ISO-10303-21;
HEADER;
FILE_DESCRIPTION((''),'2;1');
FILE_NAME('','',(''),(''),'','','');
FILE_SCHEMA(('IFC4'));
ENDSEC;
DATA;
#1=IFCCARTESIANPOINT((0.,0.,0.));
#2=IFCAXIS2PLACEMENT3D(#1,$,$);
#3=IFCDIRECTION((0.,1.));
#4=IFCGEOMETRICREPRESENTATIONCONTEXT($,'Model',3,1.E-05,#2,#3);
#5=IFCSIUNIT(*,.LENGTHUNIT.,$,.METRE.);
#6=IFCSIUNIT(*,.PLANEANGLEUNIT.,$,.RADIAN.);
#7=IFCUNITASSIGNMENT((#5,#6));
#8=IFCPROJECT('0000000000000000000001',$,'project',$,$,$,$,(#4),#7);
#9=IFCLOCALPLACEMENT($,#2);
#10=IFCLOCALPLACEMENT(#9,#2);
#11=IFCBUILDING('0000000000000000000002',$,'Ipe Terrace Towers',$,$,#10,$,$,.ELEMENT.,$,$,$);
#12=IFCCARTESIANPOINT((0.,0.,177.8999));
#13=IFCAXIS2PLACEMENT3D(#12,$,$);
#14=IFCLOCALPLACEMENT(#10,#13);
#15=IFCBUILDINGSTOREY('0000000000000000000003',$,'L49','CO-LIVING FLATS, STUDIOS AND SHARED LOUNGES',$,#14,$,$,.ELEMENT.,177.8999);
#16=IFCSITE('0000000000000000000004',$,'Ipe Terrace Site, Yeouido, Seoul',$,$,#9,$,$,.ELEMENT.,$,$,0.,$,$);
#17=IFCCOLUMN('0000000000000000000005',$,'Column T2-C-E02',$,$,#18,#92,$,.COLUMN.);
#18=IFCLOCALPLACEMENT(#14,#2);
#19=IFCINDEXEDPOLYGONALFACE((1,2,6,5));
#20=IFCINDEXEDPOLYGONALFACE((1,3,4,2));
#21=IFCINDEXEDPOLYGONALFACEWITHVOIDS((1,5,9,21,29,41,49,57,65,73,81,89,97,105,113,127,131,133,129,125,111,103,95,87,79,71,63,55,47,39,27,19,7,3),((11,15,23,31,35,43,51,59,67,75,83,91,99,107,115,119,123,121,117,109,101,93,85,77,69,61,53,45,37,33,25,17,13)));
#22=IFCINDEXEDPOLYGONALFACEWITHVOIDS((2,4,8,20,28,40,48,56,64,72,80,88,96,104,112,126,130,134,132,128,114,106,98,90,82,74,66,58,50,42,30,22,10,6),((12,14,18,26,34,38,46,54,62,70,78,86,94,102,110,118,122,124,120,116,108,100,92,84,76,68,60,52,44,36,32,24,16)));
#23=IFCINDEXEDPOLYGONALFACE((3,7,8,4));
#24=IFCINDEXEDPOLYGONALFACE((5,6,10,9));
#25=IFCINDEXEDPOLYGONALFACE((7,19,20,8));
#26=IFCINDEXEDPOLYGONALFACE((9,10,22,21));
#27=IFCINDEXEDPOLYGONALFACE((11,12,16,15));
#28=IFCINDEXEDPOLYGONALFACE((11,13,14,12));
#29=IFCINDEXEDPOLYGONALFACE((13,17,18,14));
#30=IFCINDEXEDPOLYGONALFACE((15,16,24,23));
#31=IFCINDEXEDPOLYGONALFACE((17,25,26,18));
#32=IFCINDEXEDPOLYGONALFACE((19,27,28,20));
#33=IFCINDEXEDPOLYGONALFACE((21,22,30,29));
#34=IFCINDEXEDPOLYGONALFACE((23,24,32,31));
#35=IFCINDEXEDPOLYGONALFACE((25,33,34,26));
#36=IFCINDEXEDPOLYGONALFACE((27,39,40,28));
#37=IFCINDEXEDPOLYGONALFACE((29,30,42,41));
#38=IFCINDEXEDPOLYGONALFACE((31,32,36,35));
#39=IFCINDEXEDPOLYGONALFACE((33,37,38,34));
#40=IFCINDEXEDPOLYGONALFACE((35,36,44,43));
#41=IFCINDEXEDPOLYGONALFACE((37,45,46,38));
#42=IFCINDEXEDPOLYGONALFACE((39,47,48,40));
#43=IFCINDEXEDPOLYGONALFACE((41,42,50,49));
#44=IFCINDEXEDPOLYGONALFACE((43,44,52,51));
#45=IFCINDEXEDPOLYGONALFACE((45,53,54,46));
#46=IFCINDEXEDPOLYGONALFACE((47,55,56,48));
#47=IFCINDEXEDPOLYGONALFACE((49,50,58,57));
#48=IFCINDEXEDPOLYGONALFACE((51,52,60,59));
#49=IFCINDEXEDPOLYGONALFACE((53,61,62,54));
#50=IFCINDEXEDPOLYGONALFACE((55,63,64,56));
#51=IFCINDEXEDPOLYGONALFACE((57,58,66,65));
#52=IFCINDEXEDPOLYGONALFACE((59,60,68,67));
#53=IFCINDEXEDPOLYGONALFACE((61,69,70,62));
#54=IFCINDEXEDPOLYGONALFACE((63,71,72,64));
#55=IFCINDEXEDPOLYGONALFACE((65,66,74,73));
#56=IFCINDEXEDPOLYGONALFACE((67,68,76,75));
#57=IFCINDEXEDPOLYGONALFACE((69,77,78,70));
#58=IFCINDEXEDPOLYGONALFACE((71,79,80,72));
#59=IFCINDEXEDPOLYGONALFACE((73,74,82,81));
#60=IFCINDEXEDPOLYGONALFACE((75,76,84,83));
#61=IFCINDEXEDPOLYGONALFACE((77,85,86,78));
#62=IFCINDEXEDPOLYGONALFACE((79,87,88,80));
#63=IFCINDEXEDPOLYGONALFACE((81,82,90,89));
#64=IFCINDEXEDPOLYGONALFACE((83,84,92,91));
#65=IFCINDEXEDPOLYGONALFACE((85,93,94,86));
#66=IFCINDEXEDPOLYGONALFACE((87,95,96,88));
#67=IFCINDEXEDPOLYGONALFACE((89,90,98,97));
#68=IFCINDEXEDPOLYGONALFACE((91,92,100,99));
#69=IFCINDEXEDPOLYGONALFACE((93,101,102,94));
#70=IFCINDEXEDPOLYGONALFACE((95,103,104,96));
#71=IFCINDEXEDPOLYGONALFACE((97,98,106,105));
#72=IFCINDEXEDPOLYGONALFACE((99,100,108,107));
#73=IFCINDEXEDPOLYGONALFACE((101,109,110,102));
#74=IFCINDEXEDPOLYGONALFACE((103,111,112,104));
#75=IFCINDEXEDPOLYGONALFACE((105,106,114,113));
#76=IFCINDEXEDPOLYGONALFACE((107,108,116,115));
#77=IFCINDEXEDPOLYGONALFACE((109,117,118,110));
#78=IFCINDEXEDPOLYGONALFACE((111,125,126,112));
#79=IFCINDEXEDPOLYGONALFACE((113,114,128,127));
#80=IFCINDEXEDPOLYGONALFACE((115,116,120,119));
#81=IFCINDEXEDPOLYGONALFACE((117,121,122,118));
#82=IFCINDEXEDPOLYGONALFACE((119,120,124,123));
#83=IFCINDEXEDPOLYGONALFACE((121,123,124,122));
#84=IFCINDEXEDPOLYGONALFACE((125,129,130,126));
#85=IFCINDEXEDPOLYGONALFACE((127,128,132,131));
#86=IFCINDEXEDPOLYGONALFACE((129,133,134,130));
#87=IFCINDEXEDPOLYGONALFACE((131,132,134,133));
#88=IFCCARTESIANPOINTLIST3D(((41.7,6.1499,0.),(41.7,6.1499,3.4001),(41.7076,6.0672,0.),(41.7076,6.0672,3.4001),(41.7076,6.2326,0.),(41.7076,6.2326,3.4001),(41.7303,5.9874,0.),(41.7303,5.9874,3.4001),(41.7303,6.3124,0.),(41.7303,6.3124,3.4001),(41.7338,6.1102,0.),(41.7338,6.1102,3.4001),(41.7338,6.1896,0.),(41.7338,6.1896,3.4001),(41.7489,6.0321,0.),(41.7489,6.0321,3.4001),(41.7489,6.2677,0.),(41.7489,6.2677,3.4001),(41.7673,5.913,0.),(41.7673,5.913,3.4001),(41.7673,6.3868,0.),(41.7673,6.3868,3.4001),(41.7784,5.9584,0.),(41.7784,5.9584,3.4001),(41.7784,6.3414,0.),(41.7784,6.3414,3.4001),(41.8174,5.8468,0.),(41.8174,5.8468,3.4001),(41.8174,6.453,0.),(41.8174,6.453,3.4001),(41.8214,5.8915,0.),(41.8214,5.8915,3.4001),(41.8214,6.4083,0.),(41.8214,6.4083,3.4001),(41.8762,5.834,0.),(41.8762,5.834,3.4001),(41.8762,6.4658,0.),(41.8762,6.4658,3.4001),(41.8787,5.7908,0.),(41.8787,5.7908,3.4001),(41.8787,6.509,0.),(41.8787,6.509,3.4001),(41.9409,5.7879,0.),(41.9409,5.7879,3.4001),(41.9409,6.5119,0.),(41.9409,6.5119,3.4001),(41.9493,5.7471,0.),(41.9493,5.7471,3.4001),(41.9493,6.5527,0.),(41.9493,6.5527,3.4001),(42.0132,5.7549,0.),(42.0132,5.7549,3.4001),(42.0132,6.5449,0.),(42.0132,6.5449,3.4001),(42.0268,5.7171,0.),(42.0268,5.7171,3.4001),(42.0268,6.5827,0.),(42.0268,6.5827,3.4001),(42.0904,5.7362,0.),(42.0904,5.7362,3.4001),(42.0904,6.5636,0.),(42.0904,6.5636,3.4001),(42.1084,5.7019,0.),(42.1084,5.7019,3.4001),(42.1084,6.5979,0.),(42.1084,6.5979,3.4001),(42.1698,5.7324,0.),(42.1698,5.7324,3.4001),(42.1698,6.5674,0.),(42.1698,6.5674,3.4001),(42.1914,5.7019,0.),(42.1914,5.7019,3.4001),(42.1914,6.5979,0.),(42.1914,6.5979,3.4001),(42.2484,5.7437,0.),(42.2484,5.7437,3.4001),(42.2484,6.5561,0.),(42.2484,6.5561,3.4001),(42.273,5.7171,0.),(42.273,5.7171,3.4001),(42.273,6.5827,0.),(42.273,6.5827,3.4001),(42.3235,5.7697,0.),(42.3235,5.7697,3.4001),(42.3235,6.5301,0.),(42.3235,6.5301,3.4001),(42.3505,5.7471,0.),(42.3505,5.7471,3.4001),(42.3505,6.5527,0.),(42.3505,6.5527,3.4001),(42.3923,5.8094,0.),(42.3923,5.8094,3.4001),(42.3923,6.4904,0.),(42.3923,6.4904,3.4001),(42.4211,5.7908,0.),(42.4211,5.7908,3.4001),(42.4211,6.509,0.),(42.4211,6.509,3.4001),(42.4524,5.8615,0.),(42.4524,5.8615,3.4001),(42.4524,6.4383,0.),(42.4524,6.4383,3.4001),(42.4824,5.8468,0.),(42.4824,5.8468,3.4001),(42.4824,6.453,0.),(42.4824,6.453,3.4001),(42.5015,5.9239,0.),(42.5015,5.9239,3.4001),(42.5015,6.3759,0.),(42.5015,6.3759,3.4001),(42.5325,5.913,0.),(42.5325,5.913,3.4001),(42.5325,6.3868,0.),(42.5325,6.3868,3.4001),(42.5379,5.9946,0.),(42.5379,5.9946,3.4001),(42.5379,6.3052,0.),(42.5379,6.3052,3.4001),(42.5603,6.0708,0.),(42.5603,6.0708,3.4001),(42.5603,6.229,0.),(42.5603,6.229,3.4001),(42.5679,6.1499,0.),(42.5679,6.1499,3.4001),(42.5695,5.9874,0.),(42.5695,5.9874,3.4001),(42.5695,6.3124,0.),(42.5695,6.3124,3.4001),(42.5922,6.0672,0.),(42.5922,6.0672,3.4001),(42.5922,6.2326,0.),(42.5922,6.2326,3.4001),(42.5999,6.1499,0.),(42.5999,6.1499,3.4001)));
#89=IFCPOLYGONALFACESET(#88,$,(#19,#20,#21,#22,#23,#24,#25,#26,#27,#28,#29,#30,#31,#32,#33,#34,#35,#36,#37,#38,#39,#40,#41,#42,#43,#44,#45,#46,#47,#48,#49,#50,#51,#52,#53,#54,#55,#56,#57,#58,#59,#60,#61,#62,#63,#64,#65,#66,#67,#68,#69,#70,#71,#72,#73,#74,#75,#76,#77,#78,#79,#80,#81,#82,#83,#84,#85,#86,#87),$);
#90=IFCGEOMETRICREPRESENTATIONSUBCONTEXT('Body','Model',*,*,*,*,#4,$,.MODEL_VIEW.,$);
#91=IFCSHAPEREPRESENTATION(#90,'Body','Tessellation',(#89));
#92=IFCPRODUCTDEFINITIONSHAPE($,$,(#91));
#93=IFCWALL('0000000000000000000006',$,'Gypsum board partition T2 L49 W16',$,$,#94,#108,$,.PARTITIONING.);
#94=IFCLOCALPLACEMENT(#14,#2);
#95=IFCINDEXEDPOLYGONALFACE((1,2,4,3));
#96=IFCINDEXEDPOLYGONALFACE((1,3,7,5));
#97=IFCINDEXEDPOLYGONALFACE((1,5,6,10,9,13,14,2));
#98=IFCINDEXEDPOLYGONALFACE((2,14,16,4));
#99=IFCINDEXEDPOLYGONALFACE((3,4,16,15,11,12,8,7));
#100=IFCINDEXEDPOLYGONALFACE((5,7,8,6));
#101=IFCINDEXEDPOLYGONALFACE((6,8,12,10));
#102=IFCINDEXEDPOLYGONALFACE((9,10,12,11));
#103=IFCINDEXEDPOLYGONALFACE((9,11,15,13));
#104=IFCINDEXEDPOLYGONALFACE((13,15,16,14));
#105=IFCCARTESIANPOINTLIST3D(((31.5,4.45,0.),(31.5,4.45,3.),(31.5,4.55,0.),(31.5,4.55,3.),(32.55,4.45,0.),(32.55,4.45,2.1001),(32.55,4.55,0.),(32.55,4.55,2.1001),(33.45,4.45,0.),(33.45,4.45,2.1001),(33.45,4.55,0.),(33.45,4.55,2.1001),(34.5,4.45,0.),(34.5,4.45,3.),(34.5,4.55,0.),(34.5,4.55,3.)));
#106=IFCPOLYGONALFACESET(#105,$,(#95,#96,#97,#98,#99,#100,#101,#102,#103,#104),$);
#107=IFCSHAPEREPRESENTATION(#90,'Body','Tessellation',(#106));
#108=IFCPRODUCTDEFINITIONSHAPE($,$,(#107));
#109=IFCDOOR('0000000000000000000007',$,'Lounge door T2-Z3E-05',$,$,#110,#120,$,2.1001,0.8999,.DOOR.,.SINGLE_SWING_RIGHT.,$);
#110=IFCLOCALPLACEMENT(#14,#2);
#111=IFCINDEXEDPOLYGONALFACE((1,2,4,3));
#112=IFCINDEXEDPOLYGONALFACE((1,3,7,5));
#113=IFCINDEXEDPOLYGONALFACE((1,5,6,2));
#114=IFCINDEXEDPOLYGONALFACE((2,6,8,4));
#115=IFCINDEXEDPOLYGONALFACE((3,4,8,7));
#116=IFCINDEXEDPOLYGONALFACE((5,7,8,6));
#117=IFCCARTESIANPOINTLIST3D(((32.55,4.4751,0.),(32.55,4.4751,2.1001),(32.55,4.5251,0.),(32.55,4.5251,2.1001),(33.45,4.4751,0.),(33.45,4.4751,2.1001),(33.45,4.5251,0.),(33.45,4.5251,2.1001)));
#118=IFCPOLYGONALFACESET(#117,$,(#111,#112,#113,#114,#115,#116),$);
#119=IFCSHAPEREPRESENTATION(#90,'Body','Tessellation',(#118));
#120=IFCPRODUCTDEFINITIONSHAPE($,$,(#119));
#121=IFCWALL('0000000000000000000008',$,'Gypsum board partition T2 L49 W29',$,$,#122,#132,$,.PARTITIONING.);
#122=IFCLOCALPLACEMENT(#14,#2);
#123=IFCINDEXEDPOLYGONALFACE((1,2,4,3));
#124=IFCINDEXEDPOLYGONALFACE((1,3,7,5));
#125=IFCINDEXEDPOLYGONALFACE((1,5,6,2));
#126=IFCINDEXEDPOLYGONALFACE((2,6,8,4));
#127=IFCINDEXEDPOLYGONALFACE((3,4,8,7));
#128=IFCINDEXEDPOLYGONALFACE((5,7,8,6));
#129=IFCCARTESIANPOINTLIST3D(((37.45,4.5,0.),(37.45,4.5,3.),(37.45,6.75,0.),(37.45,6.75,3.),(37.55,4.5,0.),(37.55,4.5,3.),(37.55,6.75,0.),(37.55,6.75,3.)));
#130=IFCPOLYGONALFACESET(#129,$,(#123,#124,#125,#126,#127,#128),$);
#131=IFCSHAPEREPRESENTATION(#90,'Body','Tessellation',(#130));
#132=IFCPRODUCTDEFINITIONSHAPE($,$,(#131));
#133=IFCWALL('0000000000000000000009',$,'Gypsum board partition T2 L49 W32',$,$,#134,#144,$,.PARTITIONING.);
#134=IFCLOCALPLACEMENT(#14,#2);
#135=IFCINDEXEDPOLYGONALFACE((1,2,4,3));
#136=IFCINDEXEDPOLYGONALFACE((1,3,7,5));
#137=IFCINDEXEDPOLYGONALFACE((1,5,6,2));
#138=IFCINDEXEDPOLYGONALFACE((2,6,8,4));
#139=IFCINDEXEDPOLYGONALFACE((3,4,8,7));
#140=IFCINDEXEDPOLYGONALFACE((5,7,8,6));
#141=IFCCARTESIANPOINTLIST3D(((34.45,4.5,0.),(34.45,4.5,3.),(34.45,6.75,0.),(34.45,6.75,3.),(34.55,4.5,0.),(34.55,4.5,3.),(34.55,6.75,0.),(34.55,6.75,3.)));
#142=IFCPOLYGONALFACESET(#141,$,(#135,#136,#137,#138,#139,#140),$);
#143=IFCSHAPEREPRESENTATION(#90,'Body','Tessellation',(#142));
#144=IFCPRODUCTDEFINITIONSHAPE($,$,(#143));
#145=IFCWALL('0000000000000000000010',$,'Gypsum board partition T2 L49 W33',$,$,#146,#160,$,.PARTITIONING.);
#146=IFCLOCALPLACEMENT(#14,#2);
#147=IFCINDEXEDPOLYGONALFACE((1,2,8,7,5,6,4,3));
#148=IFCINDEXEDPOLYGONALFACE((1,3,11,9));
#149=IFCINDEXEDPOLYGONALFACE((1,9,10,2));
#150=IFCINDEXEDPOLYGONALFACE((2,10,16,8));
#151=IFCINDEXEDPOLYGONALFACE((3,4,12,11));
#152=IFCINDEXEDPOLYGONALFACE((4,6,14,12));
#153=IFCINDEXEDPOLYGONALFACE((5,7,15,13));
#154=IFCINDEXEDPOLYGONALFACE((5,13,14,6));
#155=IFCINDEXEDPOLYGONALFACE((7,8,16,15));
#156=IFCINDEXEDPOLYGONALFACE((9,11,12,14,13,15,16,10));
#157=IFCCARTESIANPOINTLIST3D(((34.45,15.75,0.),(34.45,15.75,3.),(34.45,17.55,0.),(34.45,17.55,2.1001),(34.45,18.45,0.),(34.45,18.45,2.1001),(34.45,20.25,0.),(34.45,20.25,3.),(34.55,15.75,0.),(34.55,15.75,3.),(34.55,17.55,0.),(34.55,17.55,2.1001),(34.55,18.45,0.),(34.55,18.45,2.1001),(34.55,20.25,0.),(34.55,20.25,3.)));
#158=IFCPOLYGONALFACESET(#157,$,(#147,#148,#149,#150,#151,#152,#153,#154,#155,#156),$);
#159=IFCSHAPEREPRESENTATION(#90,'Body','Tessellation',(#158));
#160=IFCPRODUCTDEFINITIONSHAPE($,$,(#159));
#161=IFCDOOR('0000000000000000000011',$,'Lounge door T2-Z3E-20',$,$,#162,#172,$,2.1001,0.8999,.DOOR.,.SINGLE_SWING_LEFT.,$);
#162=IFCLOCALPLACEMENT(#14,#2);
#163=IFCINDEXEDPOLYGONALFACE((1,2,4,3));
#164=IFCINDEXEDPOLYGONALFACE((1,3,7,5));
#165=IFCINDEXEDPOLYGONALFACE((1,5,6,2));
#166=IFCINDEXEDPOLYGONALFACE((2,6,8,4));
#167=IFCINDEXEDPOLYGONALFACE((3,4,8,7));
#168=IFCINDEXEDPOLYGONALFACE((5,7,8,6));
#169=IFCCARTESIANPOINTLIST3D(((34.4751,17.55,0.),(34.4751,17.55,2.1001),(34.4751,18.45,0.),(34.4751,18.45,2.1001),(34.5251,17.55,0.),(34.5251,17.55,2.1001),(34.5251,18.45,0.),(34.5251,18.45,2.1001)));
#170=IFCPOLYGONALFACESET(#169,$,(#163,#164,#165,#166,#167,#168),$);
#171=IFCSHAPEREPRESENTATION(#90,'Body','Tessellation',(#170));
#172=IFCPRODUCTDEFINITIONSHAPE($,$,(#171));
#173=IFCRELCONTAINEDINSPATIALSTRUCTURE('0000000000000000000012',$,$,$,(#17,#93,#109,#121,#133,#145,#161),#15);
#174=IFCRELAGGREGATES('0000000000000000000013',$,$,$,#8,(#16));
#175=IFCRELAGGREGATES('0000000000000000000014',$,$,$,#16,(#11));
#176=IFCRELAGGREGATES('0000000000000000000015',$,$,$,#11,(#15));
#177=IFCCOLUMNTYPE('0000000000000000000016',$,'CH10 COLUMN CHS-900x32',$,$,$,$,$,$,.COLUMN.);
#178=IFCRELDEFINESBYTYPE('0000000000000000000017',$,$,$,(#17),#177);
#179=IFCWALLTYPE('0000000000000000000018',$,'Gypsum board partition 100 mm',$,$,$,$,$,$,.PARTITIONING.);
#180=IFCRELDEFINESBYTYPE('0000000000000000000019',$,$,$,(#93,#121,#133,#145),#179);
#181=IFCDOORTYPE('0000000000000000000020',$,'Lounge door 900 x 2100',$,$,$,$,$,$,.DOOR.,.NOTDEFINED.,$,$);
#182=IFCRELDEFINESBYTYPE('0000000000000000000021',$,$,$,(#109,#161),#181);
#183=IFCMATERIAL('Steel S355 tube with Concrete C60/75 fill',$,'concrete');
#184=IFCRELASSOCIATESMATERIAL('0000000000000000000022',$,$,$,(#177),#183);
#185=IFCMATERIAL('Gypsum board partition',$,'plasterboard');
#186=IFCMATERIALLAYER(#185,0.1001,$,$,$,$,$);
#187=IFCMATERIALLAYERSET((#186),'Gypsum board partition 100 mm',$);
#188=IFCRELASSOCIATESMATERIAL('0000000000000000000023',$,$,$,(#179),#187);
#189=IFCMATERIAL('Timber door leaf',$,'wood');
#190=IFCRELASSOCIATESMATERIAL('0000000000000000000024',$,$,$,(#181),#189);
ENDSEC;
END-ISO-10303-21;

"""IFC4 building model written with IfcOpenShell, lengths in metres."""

from ifc_helpers import new_model, si_unit, direction, frame, frame_2d, origin, origin_2d, place, context, subcontext, project, spatial, rectangle, hollow_circle, extrude, material, layer, layer_set, material_profile, profile_set, type_object, element, fill, save


model = new_model("IFC4")

# Units and contexts
model_context = context("Model", 3, precision=1e-05, world=origin(), true_north=direction((0.0, 1.0)))
body_context = subcontext(model_context, "Body", "Model", "MODEL_VIEW")
ifc_project = project(units=[si_unit("LENGTHUNIT", "METRE"), si_unit("PLANEANGLEUNIT", "RADIAN")], contexts=[model_context])

# Site, building, storey
site_placement = place(None, origin())
site = spatial("IfcSite", under=ifc_project, at=site_placement, Name="Ipe Terrace Site, Yeouido, Seoul", CompositionType="ELEMENT", RefElevation=0.0)
building_placement = place(site_placement, origin())
building = spatial("IfcBuilding", under=site, at=building_placement, Name="Ipe Terrace Towers", CompositionType="ELEMENT")
storey_placement = place(building_placement, frame((0.0, 0.0, 177.8999)))
storey = spatial("IfcBuildingStorey", under=building, at=storey_placement, Name="L49", Description="CO-LIVING FLATS, STUDIOS AND SHARED LOUNGES", CompositionType="ELEMENT", Elevation=177.8999)

# Column
ifc_material_1 = material(Name="Steel S355 tube with Concrete C60/75 fill", Category="concrete")
ifc_material_profile = material_profile(ifc_material_1, hollow_circle(Radius=0.45, WallThickness=0.032, at=origin_2d()), Name="CHS-900x32")
ifc_profile_set = profile_set([ifc_material_profile], Name="Steel S355 tube with Concrete C60/75 fill")
column_type = type_object("IfcColumnType", Name="CH10 COLUMN CHS-900x32", PredefinedType="COLUMN", material=ifc_profile_set)
column_placement = place(storey_placement, frame((42.1499, 6.1499, 0.0), z_axis=(0.0, 0.0, 1.0), x_axis=(1.0, 0.0, 0.0)))
element("IfcColumn", 1, at=column_placement, inside=storey, type_object=column_type, Name="Column T2-C-E02", PredefinedType="COLUMN", context=body_context, shape_type="SweptSolid", body=[
    extrude(hollow_circle(Radius=0.45, WallThickness=0.032, at=origin_2d()), origin(), (0.0, 0.0, 1.0), 3.4001),
])

# Wall, opening, door
ifc_material_2 = material(Name="Gypsum board partition", Category="plasterboard")
ifc_layer_1 = layer(ifc_material_2, 0.1001)
ifc_layer_set_1 = layer_set([ifc_layer_1], Name="Gypsum board partition 100 mm")
wall_type_1 = type_object("IfcWallType", Name="Gypsum board partition 100 mm", PredefinedType="PARTITIONING", material=ifc_layer_set_1)
wall_1_placement = place(storey_placement, frame((34.5, 4.5, 0.0), z_axis=(0.0, 0.0, 1.0), x_axis=(-1.0, 0.0, 0.0)))
wall_1 = element("IfcWall", 2, at=wall_1_placement, inside=storey, type_object=wall_type_1, Name="Gypsum board partition T2 L49 W16", PredefinedType="PARTITIONING", context=body_context, shape_type="SweptSolid", body=[
    extrude(rectangle(XDim=3.0, YDim=0.1001, at=frame_2d((1.5, 0.0))), origin(), (0.0, 0.0, 1.0), 3.0),
])
opening_1_placement = place(wall_1_placement, frame((1.05, 0.0, 0.0)))
opening_1 = element("IfcOpeningElement", 3, at=opening_1_placement, cuts=wall_1, PredefinedType="OPENING", context=body_context, shape_type="SweptSolid", body=[
    extrude(rectangle(XDim=0.8999, YDim=2.1001, at=frame_2d((0.45, 1.05))), frame((0.0, 0.0601, 0.0), z_axis=(0.0, -1.0, 0.0), x_axis=(1.0, 0.0, 0.0)), (0.0, 0.0, 1.0), 0.1201),
])
ifc_material_3 = material(Name="Timber door leaf", Category="wood")
door_type_1 = type_object("IfcDoorType", Name="Lounge door 900 x 2100", OperationType="NOTDEFINED", PredefinedType="DOOR", material=ifc_material_3)
door_1_placement = place(opening_1_placement, origin())
door_1 = element("IfcDoor", 4, at=door_1_placement, inside=storey, type_object=door_type_1, Name="Lounge door T2-Z3E-05", OperationType="SINGLE_SWING_RIGHT", OverallHeight=2.1001, OverallWidth=0.8999, PredefinedType="DOOR", context=body_context, shape_type="SweptSolid", body=[
    extrude(rectangle(XDim=0.8999, YDim=2.1001, at=frame_2d((0.45, 1.05))), frame((0.0, 0.0249, 0.0), z_axis=(0.0, -1.0, 0.0), x_axis=(1.0, 0.0, 0.0)), (0.0, 0.0, 1.0), 0.05),
])
fill(opening_1, door_1)

# Walls
for number, where, z_axis, x_axis, name in (
    (5, (37.5, 4.5, 0.0), (0.0, 0.0, 1.0), (0.0, 1.0, 0.0), "Gypsum board partition T2 L49 W29"),
    (6, (34.5, 4.5, 0.0), (0.0, 0.0, 1.0), (0.0, 1.0, 0.0), "Gypsum board partition T2 L49 W32"),
):
    element("IfcWall", number, at=place(storey_placement, frame(where, z_axis=z_axis, x_axis=x_axis)), inside=storey, type_object=wall_type_1, Name=name, PredefinedType="PARTITIONING", context=body_context, shape_type="SweptSolid", body=[
        extrude(rectangle(XDim=2.25, YDim=0.1001, at=frame_2d((1.125, 0.0))), origin(), (0.0, 0.0, 1.0), 3.0),
    ])

# Wall, opening, door
wall_2_placement = place(storey_placement, frame((34.5, 15.75, 0.0), z_axis=(0.0, 0.0, 1.0), x_axis=(0.0, 1.0, 0.0)))
wall_2 = element("IfcWall", 7, at=wall_2_placement, inside=storey, type_object=wall_type_1, Name="Gypsum board partition T2 L49 W33", PredefinedType="PARTITIONING", context=body_context, shape_type="SweptSolid", body=[
    extrude(rectangle(XDim=4.5, YDim=0.1001, at=frame_2d((2.25, 0.0))), origin(), (0.0, 0.0, 1.0), 3.0),
])
opening_2_placement = place(wall_2_placement, frame((1.8, 0.0, 0.0)))
opening_2 = element("IfcOpeningElement", 8, at=opening_2_placement, cuts=wall_2, PredefinedType="OPENING", context=body_context, shape_type="SweptSolid", body=[
    extrude(rectangle(XDim=0.8999, YDim=2.1001, at=frame_2d((0.45, 1.05))), frame((0.0, 0.0601, 0.0), z_axis=(0.0, -1.0, 0.0), x_axis=(1.0, 0.0, 0.0)), (0.0, 0.0, 1.0), 0.1201),
])
door_2_placement = place(opening_2_placement, origin())
door_2 = element("IfcDoor", 9, at=door_2_placement, inside=storey, type_object=door_type_1, Name="Lounge door T2-Z3E-20", OperationType="SINGLE_SWING_LEFT", OverallHeight=2.1001, OverallWidth=0.8999, PredefinedType="DOOR", context=body_context, shape_type="SweptSolid", body=[
    extrude(rectangle(XDim=0.8999, YDim=2.1001, at=frame_2d((0.45, 1.05))), frame((0.0, 0.0249, 0.0), z_axis=(0.0, -1.0, 0.0), x_axis=(1.0, 0.0, 0.0)), (0.0, 0.0, 1.0), 0.05),
])
fill(opening_2, door_2)

save(model, "model.ifc")
